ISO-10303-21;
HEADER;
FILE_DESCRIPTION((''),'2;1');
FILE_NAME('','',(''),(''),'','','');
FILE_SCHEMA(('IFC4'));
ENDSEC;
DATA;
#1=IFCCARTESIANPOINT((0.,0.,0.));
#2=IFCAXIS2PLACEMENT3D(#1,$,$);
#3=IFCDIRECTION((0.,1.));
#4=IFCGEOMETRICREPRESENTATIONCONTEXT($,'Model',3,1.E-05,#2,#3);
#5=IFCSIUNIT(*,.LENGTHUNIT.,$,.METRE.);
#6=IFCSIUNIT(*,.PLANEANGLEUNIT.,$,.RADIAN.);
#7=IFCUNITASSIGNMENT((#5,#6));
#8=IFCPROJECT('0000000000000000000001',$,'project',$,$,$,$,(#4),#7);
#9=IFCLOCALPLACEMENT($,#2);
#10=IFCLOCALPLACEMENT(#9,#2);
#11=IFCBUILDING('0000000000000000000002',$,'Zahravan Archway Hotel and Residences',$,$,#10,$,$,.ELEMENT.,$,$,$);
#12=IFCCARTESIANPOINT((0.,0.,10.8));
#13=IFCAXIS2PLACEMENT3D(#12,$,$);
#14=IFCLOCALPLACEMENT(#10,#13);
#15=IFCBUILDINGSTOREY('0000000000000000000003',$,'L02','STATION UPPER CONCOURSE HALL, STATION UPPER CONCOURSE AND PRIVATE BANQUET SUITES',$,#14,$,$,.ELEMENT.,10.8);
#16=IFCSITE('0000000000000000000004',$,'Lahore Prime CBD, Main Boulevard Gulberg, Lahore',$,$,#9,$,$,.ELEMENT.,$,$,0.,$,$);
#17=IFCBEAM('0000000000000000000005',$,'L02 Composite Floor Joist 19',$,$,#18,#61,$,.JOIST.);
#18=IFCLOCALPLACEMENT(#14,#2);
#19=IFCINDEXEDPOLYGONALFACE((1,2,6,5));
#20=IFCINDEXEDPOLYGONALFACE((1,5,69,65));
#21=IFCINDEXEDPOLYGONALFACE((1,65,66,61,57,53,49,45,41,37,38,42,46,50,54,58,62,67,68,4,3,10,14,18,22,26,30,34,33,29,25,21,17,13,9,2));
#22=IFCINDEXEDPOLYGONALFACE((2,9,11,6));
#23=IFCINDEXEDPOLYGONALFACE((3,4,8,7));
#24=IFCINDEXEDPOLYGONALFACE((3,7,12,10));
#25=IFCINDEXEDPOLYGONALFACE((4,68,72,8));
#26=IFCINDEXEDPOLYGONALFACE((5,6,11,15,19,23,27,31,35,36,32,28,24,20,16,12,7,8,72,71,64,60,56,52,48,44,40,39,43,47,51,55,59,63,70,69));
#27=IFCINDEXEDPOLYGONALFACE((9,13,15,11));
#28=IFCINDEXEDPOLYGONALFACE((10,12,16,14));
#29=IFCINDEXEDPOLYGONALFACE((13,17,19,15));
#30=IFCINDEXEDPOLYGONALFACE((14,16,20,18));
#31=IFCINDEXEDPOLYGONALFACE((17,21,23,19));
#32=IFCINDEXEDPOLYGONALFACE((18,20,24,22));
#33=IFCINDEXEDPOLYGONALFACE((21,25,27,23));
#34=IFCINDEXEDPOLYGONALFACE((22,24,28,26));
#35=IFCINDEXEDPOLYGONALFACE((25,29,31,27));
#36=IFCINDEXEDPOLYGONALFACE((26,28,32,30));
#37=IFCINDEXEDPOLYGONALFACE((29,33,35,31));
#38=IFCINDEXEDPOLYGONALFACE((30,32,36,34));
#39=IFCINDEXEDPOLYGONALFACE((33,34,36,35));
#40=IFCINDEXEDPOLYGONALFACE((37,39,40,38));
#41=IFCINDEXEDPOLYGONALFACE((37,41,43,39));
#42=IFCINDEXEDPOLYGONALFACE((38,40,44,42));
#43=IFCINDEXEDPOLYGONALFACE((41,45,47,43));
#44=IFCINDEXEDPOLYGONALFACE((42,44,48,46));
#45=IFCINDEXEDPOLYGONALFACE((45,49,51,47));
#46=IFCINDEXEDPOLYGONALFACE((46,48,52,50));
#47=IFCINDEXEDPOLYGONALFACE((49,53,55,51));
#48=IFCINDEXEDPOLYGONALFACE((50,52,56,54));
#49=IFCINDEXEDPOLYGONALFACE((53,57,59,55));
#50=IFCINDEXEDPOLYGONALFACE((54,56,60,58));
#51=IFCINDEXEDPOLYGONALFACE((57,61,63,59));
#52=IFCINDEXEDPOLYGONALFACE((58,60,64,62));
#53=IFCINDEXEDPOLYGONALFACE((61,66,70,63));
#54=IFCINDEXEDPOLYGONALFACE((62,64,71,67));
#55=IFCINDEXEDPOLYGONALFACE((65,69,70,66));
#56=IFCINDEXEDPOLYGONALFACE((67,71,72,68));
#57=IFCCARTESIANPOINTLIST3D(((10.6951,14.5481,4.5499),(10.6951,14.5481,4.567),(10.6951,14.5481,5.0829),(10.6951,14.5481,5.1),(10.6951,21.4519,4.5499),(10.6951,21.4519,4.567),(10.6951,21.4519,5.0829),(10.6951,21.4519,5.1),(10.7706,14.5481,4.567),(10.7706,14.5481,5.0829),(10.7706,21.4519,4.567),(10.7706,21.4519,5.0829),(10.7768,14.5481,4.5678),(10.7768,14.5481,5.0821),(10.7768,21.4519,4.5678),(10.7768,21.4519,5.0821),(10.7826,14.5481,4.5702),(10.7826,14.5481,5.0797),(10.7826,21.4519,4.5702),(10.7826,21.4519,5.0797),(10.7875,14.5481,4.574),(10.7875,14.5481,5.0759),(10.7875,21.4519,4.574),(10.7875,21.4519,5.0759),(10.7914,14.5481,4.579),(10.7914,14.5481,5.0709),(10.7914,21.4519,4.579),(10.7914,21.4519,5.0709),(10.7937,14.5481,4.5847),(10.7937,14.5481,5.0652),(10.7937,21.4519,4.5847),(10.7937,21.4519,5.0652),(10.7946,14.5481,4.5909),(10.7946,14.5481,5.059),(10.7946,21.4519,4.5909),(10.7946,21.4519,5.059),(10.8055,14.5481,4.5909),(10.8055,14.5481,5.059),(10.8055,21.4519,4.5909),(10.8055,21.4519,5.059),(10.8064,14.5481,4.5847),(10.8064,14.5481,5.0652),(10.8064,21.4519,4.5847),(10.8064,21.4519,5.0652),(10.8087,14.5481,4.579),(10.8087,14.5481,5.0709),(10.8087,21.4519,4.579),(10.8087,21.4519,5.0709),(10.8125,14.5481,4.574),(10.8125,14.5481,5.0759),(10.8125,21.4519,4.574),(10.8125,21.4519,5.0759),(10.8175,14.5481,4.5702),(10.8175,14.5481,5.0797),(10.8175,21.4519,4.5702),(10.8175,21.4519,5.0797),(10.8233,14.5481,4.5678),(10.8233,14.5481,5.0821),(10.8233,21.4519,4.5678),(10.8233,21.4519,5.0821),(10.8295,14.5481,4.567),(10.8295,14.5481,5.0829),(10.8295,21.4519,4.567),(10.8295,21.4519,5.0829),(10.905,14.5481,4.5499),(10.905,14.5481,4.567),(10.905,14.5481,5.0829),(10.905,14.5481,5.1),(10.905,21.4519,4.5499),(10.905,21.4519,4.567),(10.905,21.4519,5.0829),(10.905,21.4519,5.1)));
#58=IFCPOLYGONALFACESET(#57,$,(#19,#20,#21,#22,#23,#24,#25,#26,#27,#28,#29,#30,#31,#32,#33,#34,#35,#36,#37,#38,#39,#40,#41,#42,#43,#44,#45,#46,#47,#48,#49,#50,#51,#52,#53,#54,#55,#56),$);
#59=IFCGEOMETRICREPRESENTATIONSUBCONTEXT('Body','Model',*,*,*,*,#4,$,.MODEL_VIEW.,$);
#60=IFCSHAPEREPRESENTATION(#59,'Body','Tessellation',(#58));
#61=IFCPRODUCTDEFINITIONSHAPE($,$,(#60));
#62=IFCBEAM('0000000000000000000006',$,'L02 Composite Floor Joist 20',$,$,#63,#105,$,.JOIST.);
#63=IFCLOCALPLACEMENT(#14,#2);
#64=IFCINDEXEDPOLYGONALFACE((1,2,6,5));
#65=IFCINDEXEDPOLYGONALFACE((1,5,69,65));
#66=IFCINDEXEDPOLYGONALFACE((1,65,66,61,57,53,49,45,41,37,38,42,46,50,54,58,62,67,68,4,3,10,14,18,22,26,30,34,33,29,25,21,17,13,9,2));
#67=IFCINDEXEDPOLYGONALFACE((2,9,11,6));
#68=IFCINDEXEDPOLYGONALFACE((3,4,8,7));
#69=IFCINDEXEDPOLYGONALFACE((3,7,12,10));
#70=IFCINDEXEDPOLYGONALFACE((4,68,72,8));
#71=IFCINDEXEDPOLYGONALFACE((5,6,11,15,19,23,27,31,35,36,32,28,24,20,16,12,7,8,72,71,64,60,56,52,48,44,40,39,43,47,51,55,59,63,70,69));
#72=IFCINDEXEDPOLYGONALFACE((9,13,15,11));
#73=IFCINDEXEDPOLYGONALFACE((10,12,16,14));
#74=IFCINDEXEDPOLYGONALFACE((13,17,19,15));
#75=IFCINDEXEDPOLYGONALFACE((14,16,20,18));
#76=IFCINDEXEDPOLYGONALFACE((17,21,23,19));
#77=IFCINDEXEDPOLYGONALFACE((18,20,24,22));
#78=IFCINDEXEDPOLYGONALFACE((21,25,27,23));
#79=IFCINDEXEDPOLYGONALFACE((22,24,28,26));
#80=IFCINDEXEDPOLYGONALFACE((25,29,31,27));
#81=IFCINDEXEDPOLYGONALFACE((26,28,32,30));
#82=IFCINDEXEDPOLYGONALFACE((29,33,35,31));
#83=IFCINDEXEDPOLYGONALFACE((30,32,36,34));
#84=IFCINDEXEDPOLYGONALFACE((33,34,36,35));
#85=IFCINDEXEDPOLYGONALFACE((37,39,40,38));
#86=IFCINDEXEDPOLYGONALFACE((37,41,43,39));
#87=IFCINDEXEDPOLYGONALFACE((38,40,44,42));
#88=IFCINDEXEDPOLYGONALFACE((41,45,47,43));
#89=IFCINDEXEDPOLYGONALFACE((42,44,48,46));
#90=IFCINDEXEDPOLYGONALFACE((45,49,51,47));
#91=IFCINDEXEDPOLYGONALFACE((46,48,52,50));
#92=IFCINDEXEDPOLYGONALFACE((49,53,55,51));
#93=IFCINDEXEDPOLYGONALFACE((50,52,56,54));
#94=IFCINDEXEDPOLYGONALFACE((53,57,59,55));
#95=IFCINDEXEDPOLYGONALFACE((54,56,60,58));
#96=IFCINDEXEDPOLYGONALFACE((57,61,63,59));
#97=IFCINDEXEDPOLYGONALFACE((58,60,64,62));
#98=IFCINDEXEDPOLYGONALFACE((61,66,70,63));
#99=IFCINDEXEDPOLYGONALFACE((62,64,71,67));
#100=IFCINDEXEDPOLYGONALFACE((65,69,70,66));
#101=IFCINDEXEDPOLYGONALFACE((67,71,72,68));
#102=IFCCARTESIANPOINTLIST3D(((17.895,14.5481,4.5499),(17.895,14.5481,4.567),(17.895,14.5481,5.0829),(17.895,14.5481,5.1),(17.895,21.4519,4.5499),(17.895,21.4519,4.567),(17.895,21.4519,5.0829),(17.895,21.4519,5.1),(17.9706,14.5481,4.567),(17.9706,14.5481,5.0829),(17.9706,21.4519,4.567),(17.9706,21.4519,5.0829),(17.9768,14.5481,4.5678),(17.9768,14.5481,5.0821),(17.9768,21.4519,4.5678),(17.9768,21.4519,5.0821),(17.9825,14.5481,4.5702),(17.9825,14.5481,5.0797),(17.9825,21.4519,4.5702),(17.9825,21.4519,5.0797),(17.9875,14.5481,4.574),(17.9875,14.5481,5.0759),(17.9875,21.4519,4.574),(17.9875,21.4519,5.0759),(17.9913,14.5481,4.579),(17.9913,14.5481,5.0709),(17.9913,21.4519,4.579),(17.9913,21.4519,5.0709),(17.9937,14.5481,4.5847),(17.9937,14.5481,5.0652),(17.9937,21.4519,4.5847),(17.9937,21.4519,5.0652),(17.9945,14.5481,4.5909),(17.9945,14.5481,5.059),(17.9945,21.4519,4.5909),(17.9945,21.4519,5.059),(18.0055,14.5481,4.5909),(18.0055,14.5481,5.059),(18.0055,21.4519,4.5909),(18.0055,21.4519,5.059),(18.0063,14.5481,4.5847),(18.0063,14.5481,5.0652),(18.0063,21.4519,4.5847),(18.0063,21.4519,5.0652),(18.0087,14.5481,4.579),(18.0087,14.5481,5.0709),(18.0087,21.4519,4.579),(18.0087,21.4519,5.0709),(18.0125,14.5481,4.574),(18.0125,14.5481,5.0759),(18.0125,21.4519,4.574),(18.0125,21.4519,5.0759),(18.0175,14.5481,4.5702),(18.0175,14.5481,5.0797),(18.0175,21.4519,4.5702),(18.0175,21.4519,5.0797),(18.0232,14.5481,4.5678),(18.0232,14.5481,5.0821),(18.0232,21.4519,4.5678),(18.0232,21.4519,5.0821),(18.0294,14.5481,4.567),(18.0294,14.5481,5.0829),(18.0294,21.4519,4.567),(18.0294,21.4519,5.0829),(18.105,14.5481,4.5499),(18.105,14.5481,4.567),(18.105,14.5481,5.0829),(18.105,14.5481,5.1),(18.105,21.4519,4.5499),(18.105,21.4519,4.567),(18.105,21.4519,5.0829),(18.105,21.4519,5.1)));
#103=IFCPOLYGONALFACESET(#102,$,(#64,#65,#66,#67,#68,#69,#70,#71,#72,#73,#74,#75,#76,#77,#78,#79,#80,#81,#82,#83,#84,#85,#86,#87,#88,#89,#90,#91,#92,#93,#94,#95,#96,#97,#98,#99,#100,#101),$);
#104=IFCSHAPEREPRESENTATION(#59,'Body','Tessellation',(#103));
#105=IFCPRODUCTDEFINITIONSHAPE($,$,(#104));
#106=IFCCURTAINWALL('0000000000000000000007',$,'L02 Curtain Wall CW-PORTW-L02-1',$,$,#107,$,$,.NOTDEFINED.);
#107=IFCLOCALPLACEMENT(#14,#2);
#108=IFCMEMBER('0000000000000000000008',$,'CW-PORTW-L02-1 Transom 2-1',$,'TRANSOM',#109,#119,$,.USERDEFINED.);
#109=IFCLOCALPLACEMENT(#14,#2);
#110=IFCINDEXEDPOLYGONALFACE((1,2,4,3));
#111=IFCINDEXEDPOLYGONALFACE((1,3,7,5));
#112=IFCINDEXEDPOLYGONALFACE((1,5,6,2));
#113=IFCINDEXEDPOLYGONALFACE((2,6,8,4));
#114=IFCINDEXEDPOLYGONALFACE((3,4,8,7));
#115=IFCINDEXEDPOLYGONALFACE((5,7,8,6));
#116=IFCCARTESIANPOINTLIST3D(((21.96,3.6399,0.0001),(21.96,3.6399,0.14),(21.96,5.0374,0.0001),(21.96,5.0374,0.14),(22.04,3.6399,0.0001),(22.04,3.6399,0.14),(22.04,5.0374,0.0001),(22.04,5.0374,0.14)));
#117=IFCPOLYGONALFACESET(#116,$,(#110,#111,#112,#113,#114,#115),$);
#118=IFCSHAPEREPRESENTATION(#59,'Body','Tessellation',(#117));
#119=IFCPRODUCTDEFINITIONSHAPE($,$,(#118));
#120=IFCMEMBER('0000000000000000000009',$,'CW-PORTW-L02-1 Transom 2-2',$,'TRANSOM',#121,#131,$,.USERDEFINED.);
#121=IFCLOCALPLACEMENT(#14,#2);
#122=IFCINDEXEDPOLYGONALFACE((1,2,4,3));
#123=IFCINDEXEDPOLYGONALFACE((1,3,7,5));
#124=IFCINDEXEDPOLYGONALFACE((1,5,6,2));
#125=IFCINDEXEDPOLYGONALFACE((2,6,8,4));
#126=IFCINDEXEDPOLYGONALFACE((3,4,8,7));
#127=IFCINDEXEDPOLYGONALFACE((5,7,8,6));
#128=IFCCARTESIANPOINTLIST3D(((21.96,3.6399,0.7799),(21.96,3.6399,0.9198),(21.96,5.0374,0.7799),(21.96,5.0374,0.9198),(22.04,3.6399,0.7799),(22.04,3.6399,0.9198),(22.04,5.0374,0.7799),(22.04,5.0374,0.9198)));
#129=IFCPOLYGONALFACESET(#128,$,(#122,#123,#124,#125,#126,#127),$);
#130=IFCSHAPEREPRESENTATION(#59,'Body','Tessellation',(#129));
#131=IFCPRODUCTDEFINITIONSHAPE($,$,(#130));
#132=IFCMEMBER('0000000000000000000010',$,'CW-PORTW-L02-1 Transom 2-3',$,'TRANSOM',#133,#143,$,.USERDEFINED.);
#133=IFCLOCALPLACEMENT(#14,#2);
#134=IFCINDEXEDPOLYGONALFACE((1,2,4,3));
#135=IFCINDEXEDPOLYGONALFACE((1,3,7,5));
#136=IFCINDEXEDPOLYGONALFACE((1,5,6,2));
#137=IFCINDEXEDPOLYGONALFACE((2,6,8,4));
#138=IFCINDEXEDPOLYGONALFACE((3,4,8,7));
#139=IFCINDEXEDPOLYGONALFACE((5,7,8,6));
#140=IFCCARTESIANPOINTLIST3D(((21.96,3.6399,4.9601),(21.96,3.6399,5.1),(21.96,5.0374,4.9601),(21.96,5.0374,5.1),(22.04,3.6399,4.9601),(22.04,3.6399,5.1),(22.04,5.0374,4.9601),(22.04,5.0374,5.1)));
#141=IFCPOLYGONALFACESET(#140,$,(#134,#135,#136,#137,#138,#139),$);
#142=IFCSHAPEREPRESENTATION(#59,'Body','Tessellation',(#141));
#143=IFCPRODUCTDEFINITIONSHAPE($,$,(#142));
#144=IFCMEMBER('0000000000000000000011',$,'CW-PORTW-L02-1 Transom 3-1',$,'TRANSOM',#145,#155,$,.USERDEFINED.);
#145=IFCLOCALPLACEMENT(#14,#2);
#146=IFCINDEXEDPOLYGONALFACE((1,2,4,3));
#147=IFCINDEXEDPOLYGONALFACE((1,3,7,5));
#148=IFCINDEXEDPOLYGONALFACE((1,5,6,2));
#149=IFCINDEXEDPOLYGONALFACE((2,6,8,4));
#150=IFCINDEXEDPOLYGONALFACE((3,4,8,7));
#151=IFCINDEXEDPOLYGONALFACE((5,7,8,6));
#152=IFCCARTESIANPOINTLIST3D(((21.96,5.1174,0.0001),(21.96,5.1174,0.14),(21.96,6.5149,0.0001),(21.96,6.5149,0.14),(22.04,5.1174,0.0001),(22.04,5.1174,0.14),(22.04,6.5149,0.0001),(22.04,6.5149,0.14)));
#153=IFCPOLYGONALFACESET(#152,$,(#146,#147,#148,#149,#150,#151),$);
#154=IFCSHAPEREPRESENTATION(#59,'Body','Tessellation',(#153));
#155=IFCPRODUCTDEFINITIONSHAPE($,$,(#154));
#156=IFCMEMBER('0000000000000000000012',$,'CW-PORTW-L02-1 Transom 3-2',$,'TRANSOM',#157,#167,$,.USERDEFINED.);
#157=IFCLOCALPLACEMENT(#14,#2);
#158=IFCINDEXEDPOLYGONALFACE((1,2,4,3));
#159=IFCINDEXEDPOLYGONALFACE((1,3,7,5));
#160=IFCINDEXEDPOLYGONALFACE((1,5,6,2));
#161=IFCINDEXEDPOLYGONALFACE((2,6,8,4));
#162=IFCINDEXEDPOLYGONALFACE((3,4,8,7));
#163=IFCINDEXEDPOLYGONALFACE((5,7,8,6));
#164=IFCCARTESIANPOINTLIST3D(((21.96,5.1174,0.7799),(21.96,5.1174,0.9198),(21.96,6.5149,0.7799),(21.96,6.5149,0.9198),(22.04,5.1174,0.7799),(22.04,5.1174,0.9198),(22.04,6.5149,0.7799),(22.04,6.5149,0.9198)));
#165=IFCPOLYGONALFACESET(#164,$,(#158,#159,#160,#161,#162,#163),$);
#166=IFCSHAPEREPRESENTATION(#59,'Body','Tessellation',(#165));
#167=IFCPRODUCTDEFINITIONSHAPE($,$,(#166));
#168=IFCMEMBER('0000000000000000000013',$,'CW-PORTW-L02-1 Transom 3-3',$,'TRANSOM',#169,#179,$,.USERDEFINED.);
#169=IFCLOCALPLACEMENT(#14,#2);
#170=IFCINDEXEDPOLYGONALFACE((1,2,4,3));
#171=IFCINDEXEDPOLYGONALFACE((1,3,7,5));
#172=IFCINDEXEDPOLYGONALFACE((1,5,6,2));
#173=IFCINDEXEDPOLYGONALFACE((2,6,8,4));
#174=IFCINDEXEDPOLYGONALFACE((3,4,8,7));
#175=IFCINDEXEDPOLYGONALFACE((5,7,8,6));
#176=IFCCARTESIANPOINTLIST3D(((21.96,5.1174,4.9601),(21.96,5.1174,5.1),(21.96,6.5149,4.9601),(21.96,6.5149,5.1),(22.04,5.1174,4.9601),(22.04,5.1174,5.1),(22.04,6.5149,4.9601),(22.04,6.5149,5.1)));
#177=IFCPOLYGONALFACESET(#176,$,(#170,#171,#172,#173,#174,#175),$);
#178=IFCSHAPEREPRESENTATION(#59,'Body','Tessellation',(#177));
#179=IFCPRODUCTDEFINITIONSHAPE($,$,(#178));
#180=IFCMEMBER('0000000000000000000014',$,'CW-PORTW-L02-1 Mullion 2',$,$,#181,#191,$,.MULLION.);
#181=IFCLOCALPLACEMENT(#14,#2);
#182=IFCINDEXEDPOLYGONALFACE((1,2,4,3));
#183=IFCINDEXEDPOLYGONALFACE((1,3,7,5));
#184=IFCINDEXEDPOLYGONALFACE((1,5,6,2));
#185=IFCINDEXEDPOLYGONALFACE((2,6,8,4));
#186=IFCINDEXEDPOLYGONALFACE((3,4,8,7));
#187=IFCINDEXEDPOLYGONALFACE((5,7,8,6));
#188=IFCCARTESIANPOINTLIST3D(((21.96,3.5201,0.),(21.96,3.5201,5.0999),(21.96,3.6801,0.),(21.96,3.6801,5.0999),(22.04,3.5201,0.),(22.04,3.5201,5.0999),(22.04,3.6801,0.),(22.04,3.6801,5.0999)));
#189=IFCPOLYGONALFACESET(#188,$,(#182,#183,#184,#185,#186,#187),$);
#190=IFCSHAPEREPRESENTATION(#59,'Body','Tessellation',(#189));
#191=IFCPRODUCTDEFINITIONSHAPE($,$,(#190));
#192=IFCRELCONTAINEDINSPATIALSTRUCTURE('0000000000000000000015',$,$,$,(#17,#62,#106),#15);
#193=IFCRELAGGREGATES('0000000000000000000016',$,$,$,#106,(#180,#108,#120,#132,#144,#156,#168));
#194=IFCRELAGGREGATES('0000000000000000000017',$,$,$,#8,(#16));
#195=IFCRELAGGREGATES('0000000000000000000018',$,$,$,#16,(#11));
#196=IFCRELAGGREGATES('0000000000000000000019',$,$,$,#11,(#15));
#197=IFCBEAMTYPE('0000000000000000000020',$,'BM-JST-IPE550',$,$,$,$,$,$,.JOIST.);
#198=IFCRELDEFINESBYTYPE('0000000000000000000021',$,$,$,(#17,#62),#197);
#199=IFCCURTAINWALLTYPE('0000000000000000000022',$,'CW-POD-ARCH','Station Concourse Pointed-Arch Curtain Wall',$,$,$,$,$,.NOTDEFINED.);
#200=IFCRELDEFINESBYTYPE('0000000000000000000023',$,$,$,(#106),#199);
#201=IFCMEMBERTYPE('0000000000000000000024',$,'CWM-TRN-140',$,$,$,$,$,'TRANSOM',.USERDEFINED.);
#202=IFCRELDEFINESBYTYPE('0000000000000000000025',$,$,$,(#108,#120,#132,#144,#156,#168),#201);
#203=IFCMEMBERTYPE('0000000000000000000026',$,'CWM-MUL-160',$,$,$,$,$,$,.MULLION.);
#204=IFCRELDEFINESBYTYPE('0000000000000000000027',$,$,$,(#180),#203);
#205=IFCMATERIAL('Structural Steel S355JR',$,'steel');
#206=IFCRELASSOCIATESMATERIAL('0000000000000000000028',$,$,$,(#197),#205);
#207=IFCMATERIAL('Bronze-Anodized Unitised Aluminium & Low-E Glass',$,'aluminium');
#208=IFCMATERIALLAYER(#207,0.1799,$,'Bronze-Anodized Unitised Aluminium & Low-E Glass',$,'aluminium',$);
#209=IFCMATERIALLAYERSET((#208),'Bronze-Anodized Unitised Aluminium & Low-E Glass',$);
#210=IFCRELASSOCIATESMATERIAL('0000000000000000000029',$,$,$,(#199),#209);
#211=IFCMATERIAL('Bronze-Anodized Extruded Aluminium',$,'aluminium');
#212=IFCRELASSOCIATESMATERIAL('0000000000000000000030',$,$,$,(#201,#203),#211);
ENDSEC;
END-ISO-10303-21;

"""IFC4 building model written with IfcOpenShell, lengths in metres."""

from ifc_helpers import new_model, si_unit, direction, frame, origin, origin_2d, place, context, subcontext, project, spatial, rectangle, i_section, extrude, source, transform, mapped, material, layer, layer_set, material_profile, profile_set, type_object, element, aggregate, save


model = new_model("IFC4")

# Units and contexts
model_context = context("Model", 3, precision=1e-05, world=origin(), true_north=direction((0.0, 1.0)))
body_context = subcontext(model_context, "Body", "Model", "MODEL_VIEW")
ifc_project = project(units=[si_unit("LENGTHUNIT", "METRE"), si_unit("PLANEANGLEUNIT", "RADIAN")], contexts=[model_context])

# Site, building, storey
site_placement = place(None, origin())
site = spatial("IfcSite", under=ifc_project, at=site_placement, Name="Lahore Prime CBD, Main Boulevard Gulberg, Lahore", CompositionType="ELEMENT", RefElevation=0.0)
building_placement = place(site_placement, origin())
building = spatial("IfcBuilding", under=site, at=building_placement, Name="Zahravan Archway Hotel and Residences", CompositionType="ELEMENT")
storey_placement = place(building_placement, frame((0.0, 0.0, 10.8)))
storey = spatial("IfcBuildingStorey", under=building, at=storey_placement, Name="L02", Description="STATION UPPER CONCOURSE HALL, STATION UPPER CONCOURSE AND PRIVATE BANQUET SUITES", CompositionType="ELEMENT", Elevation=10.8)

# Beams
ifc_material_1 = material(Name="Structural Steel S355JR", Category="steel")
ifc_material_profile_1 = material_profile(ifc_material_1, i_section(OverallWidth=0.21, OverallDepth=0.55, WebThickness=0.011, FlangeThickness=0.0171, FilletRadius=0.0239, at=origin_2d()), Name="IPE 550", Category="steel")
ifc_profile_set_1 = profile_set([ifc_material_profile_1], Name="Structural Steel S355JR")
beam_type_1 = type_object("IfcBeamType", Name="BM-JST-IPE550", PredefinedType="JOIST", material=ifc_profile_set_1)
shared_shape_1 = source(origin(), body_context, "Body", "SweptSolid", [
    extrude(i_section(OverallWidth=0.21, OverallDepth=0.55, WebThickness=0.011, FlangeThickness=0.0171, FilletRadius=0.0239, at=origin_2d()), origin(), (0.0, 0.0, 1.0), 6.9038),
])
for number, where, z_axis, x_axis, name in (
    (1, (10.8, 14.5481, 4.825), (0.0, 1.0, 0.0), (-1.0, 0.0, 0.0), "L02 Composite Floor Joist 19"),
    (2, (18.0, 14.5481, 4.825), (0.0, 1.0, 0.0), (-1.0, 0.0, 0.0), "L02 Composite Floor Joist 20"),
):
    element("IfcBeam", number, at=place(storey_placement, frame(where, z_axis=z_axis, x_axis=x_axis)), inside=storey, type_object=beam_type_1, Name=name, PredefinedType="JOIST", context=body_context, shape_type="MappedRepresentation", body=[
        mapped(shared_shape_1, transform((0.0, 0.0, 0.0), scale=1.0)),
    ])

# Curtain wall, members
ifc_material_2 = material(Name="Bronze-Anodized Unitised Aluminium & Low-E Glass", Category="aluminium")
ifc_layer_1 = layer(ifc_material_2, 0.1799, Name="Bronze-Anodized Unitised Aluminium & Low-E Glass", Category="aluminium")
ifc_layer_set_1 = layer_set([ifc_layer_1], Name="Bronze-Anodized Unitised Aluminium & Low-E Glass")
curtain_wall_type = type_object("IfcCurtainWallType", Name="CW-POD-ARCH", Description="Station Concourse Pointed-Arch Curtain Wall", PredefinedType="NOTDEFINED", material=ifc_layer_set_1)
curtain_wall_placement = place(storey_placement, origin())
curtain_wall = element("IfcCurtainWall", 3, at=curtain_wall_placement, inside=storey, type_object=curtain_wall_type, Name="L02 Curtain Wall CW-PORTW-L02-1", PredefinedType="NOTDEFINED")
ifc_material_3 = material(Name="Bronze-Anodized Extruded Aluminium", Category="aluminium")
ifc_material_profile_2 = material_profile(ifc_material_3, rectangle(XDim=0.0801, YDim=0.1399, at=origin_2d()), Name="TRN 80x140", Category="aluminium")
ifc_profile_set_2 = profile_set([ifc_material_profile_2], Name="Bronze-Anodized Extruded Aluminium")
member_type_1 = type_object("IfcMemberType", Name="CWM-TRN-140", ElementType="TRANSOM", PredefinedType="USERDEFINED", material=ifc_profile_set_2)
shared_shape_2 = source(origin(), body_context, "Body", "SweptSolid", [
    extrude(rectangle(XDim=0.0801, YDim=0.1399, at=origin_2d()), origin(), (0.0, 0.0, 1.0), 1.3975),
])
member_1_placement = place(storey_placement, frame((22.0, 3.6399, 0.0701), z_axis=(0.0, 1.0, 0.0), x_axis=(-1.0, 0.0, 0.0)))
member_1 = element("IfcMember", 4, at=member_1_placement, type_object=member_type_1, Name="CW-PORTW-L02-1 Transom 2-1", ObjectType="TRANSOM", PredefinedType="USERDEFINED", context=body_context, shape_type="MappedRepresentation", body=[
    mapped(shared_shape_2, transform((0.0, 0.0, 0.0), scale=1.0)),
])
member_2_placement = place(storey_placement, frame((22.0, 3.6399, 0.8499), z_axis=(0.0, 1.0, 0.0), x_axis=(-1.0, 0.0, 0.0)))
member_2 = element("IfcMember", 5, at=member_2_placement, type_object=member_type_1, Name="CW-PORTW-L02-1 Transom 2-2", ObjectType="TRANSOM", PredefinedType="USERDEFINED", context=body_context, shape_type="MappedRepresentation", body=[
    mapped(shared_shape_2, transform((0.0, 0.0, 0.0), scale=1.0)),
])
member_3_placement = place(storey_placement, frame((22.0, 3.6399, 5.03), z_axis=(0.0, 1.0, 0.0), x_axis=(-1.0, 0.0, 0.0)))
member_3 = element("IfcMember", 6, at=member_3_placement, type_object=member_type_1, Name="CW-PORTW-L02-1 Transom 2-3", ObjectType="TRANSOM", PredefinedType="USERDEFINED", context=body_context, shape_type="MappedRepresentation", body=[
    mapped(shared_shape_2, transform((0.0, 0.0, 0.0), scale=1.0)),
])
member_4_placement = place(storey_placement, frame((22.0, 5.1174, 0.0701), z_axis=(0.0, 1.0, 0.0), x_axis=(-1.0, 0.0, 0.0)))
member_4 = element("IfcMember", 7, at=member_4_placement, type_object=member_type_1, Name="CW-PORTW-L02-1 Transom 3-1", ObjectType="TRANSOM", PredefinedType="USERDEFINED", context=body_context, shape_type="MappedRepresentation", body=[
    mapped(shared_shape_2, transform((0.0, 0.0, 0.0), scale=1.0)),
])
member_5_placement = place(storey_placement, frame((22.0, 5.1174, 0.8499), z_axis=(0.0, 1.0, 0.0), x_axis=(-1.0, 0.0, 0.0)))
member_5 = element("IfcMember", 8, at=member_5_placement, type_object=member_type_1, Name="CW-PORTW-L02-1 Transom 3-2", ObjectType="TRANSOM", PredefinedType="USERDEFINED", context=body_context, shape_type="MappedRepresentation", body=[
    mapped(shared_shape_2, transform((0.0, 0.0, 0.0), scale=1.0)),
])
member_6_placement = place(storey_placement, frame((22.0, 5.1174, 5.03), z_axis=(0.0, 1.0, 0.0), x_axis=(-1.0, 0.0, 0.0)))
member_6 = element("IfcMember", 9, at=member_6_placement, type_object=member_type_1, Name="CW-PORTW-L02-1 Transom 3-3", ObjectType="TRANSOM", PredefinedType="USERDEFINED", context=body_context, shape_type="MappedRepresentation", body=[
    mapped(shared_shape_2, transform((0.0, 0.0, 0.0), scale=1.0)),
])
ifc_material_profile_3 = material_profile(ifc_material_3, rectangle(XDim=0.0801, YDim=0.1599, at=origin_2d()), Name="MUL 80x160", Category="aluminium")
ifc_profile_set_3 = profile_set([ifc_material_profile_3], Name="Bronze-Anodized Extruded Aluminium")
member_type_2 = type_object("IfcMemberType", Name="CWM-MUL-160", PredefinedType="MULLION", material=ifc_profile_set_3)
shared_shape_3 = source(origin(), body_context, "Body", "SweptSolid", [
    extrude(rectangle(XDim=0.0801, YDim=0.1599, at=origin_2d()), origin(), (0.0, 0.0, 1.0), 5.0999),
])
member_7_placement = place(storey_placement, frame((22.0, 3.6001, 0.0), z_axis=(0.0, 0.0, 1.0), x_axis=(1.0, 0.0, 0.0)))
member_7 = element("IfcMember", 10, at=member_7_placement, type_object=member_type_2, Name="CW-PORTW-L02-1 Mullion 2", PredefinedType="MULLION", context=body_context, shape_type="MappedRepresentation", body=[
    mapped(shared_shape_3, transform((0.0, 0.0, 0.0), scale=1.0)),
])
aggregate(curtain_wall, [member_7, member_1, member_2, member_3, member_4, member_5, member_6])

save(model, "model.ifc")
